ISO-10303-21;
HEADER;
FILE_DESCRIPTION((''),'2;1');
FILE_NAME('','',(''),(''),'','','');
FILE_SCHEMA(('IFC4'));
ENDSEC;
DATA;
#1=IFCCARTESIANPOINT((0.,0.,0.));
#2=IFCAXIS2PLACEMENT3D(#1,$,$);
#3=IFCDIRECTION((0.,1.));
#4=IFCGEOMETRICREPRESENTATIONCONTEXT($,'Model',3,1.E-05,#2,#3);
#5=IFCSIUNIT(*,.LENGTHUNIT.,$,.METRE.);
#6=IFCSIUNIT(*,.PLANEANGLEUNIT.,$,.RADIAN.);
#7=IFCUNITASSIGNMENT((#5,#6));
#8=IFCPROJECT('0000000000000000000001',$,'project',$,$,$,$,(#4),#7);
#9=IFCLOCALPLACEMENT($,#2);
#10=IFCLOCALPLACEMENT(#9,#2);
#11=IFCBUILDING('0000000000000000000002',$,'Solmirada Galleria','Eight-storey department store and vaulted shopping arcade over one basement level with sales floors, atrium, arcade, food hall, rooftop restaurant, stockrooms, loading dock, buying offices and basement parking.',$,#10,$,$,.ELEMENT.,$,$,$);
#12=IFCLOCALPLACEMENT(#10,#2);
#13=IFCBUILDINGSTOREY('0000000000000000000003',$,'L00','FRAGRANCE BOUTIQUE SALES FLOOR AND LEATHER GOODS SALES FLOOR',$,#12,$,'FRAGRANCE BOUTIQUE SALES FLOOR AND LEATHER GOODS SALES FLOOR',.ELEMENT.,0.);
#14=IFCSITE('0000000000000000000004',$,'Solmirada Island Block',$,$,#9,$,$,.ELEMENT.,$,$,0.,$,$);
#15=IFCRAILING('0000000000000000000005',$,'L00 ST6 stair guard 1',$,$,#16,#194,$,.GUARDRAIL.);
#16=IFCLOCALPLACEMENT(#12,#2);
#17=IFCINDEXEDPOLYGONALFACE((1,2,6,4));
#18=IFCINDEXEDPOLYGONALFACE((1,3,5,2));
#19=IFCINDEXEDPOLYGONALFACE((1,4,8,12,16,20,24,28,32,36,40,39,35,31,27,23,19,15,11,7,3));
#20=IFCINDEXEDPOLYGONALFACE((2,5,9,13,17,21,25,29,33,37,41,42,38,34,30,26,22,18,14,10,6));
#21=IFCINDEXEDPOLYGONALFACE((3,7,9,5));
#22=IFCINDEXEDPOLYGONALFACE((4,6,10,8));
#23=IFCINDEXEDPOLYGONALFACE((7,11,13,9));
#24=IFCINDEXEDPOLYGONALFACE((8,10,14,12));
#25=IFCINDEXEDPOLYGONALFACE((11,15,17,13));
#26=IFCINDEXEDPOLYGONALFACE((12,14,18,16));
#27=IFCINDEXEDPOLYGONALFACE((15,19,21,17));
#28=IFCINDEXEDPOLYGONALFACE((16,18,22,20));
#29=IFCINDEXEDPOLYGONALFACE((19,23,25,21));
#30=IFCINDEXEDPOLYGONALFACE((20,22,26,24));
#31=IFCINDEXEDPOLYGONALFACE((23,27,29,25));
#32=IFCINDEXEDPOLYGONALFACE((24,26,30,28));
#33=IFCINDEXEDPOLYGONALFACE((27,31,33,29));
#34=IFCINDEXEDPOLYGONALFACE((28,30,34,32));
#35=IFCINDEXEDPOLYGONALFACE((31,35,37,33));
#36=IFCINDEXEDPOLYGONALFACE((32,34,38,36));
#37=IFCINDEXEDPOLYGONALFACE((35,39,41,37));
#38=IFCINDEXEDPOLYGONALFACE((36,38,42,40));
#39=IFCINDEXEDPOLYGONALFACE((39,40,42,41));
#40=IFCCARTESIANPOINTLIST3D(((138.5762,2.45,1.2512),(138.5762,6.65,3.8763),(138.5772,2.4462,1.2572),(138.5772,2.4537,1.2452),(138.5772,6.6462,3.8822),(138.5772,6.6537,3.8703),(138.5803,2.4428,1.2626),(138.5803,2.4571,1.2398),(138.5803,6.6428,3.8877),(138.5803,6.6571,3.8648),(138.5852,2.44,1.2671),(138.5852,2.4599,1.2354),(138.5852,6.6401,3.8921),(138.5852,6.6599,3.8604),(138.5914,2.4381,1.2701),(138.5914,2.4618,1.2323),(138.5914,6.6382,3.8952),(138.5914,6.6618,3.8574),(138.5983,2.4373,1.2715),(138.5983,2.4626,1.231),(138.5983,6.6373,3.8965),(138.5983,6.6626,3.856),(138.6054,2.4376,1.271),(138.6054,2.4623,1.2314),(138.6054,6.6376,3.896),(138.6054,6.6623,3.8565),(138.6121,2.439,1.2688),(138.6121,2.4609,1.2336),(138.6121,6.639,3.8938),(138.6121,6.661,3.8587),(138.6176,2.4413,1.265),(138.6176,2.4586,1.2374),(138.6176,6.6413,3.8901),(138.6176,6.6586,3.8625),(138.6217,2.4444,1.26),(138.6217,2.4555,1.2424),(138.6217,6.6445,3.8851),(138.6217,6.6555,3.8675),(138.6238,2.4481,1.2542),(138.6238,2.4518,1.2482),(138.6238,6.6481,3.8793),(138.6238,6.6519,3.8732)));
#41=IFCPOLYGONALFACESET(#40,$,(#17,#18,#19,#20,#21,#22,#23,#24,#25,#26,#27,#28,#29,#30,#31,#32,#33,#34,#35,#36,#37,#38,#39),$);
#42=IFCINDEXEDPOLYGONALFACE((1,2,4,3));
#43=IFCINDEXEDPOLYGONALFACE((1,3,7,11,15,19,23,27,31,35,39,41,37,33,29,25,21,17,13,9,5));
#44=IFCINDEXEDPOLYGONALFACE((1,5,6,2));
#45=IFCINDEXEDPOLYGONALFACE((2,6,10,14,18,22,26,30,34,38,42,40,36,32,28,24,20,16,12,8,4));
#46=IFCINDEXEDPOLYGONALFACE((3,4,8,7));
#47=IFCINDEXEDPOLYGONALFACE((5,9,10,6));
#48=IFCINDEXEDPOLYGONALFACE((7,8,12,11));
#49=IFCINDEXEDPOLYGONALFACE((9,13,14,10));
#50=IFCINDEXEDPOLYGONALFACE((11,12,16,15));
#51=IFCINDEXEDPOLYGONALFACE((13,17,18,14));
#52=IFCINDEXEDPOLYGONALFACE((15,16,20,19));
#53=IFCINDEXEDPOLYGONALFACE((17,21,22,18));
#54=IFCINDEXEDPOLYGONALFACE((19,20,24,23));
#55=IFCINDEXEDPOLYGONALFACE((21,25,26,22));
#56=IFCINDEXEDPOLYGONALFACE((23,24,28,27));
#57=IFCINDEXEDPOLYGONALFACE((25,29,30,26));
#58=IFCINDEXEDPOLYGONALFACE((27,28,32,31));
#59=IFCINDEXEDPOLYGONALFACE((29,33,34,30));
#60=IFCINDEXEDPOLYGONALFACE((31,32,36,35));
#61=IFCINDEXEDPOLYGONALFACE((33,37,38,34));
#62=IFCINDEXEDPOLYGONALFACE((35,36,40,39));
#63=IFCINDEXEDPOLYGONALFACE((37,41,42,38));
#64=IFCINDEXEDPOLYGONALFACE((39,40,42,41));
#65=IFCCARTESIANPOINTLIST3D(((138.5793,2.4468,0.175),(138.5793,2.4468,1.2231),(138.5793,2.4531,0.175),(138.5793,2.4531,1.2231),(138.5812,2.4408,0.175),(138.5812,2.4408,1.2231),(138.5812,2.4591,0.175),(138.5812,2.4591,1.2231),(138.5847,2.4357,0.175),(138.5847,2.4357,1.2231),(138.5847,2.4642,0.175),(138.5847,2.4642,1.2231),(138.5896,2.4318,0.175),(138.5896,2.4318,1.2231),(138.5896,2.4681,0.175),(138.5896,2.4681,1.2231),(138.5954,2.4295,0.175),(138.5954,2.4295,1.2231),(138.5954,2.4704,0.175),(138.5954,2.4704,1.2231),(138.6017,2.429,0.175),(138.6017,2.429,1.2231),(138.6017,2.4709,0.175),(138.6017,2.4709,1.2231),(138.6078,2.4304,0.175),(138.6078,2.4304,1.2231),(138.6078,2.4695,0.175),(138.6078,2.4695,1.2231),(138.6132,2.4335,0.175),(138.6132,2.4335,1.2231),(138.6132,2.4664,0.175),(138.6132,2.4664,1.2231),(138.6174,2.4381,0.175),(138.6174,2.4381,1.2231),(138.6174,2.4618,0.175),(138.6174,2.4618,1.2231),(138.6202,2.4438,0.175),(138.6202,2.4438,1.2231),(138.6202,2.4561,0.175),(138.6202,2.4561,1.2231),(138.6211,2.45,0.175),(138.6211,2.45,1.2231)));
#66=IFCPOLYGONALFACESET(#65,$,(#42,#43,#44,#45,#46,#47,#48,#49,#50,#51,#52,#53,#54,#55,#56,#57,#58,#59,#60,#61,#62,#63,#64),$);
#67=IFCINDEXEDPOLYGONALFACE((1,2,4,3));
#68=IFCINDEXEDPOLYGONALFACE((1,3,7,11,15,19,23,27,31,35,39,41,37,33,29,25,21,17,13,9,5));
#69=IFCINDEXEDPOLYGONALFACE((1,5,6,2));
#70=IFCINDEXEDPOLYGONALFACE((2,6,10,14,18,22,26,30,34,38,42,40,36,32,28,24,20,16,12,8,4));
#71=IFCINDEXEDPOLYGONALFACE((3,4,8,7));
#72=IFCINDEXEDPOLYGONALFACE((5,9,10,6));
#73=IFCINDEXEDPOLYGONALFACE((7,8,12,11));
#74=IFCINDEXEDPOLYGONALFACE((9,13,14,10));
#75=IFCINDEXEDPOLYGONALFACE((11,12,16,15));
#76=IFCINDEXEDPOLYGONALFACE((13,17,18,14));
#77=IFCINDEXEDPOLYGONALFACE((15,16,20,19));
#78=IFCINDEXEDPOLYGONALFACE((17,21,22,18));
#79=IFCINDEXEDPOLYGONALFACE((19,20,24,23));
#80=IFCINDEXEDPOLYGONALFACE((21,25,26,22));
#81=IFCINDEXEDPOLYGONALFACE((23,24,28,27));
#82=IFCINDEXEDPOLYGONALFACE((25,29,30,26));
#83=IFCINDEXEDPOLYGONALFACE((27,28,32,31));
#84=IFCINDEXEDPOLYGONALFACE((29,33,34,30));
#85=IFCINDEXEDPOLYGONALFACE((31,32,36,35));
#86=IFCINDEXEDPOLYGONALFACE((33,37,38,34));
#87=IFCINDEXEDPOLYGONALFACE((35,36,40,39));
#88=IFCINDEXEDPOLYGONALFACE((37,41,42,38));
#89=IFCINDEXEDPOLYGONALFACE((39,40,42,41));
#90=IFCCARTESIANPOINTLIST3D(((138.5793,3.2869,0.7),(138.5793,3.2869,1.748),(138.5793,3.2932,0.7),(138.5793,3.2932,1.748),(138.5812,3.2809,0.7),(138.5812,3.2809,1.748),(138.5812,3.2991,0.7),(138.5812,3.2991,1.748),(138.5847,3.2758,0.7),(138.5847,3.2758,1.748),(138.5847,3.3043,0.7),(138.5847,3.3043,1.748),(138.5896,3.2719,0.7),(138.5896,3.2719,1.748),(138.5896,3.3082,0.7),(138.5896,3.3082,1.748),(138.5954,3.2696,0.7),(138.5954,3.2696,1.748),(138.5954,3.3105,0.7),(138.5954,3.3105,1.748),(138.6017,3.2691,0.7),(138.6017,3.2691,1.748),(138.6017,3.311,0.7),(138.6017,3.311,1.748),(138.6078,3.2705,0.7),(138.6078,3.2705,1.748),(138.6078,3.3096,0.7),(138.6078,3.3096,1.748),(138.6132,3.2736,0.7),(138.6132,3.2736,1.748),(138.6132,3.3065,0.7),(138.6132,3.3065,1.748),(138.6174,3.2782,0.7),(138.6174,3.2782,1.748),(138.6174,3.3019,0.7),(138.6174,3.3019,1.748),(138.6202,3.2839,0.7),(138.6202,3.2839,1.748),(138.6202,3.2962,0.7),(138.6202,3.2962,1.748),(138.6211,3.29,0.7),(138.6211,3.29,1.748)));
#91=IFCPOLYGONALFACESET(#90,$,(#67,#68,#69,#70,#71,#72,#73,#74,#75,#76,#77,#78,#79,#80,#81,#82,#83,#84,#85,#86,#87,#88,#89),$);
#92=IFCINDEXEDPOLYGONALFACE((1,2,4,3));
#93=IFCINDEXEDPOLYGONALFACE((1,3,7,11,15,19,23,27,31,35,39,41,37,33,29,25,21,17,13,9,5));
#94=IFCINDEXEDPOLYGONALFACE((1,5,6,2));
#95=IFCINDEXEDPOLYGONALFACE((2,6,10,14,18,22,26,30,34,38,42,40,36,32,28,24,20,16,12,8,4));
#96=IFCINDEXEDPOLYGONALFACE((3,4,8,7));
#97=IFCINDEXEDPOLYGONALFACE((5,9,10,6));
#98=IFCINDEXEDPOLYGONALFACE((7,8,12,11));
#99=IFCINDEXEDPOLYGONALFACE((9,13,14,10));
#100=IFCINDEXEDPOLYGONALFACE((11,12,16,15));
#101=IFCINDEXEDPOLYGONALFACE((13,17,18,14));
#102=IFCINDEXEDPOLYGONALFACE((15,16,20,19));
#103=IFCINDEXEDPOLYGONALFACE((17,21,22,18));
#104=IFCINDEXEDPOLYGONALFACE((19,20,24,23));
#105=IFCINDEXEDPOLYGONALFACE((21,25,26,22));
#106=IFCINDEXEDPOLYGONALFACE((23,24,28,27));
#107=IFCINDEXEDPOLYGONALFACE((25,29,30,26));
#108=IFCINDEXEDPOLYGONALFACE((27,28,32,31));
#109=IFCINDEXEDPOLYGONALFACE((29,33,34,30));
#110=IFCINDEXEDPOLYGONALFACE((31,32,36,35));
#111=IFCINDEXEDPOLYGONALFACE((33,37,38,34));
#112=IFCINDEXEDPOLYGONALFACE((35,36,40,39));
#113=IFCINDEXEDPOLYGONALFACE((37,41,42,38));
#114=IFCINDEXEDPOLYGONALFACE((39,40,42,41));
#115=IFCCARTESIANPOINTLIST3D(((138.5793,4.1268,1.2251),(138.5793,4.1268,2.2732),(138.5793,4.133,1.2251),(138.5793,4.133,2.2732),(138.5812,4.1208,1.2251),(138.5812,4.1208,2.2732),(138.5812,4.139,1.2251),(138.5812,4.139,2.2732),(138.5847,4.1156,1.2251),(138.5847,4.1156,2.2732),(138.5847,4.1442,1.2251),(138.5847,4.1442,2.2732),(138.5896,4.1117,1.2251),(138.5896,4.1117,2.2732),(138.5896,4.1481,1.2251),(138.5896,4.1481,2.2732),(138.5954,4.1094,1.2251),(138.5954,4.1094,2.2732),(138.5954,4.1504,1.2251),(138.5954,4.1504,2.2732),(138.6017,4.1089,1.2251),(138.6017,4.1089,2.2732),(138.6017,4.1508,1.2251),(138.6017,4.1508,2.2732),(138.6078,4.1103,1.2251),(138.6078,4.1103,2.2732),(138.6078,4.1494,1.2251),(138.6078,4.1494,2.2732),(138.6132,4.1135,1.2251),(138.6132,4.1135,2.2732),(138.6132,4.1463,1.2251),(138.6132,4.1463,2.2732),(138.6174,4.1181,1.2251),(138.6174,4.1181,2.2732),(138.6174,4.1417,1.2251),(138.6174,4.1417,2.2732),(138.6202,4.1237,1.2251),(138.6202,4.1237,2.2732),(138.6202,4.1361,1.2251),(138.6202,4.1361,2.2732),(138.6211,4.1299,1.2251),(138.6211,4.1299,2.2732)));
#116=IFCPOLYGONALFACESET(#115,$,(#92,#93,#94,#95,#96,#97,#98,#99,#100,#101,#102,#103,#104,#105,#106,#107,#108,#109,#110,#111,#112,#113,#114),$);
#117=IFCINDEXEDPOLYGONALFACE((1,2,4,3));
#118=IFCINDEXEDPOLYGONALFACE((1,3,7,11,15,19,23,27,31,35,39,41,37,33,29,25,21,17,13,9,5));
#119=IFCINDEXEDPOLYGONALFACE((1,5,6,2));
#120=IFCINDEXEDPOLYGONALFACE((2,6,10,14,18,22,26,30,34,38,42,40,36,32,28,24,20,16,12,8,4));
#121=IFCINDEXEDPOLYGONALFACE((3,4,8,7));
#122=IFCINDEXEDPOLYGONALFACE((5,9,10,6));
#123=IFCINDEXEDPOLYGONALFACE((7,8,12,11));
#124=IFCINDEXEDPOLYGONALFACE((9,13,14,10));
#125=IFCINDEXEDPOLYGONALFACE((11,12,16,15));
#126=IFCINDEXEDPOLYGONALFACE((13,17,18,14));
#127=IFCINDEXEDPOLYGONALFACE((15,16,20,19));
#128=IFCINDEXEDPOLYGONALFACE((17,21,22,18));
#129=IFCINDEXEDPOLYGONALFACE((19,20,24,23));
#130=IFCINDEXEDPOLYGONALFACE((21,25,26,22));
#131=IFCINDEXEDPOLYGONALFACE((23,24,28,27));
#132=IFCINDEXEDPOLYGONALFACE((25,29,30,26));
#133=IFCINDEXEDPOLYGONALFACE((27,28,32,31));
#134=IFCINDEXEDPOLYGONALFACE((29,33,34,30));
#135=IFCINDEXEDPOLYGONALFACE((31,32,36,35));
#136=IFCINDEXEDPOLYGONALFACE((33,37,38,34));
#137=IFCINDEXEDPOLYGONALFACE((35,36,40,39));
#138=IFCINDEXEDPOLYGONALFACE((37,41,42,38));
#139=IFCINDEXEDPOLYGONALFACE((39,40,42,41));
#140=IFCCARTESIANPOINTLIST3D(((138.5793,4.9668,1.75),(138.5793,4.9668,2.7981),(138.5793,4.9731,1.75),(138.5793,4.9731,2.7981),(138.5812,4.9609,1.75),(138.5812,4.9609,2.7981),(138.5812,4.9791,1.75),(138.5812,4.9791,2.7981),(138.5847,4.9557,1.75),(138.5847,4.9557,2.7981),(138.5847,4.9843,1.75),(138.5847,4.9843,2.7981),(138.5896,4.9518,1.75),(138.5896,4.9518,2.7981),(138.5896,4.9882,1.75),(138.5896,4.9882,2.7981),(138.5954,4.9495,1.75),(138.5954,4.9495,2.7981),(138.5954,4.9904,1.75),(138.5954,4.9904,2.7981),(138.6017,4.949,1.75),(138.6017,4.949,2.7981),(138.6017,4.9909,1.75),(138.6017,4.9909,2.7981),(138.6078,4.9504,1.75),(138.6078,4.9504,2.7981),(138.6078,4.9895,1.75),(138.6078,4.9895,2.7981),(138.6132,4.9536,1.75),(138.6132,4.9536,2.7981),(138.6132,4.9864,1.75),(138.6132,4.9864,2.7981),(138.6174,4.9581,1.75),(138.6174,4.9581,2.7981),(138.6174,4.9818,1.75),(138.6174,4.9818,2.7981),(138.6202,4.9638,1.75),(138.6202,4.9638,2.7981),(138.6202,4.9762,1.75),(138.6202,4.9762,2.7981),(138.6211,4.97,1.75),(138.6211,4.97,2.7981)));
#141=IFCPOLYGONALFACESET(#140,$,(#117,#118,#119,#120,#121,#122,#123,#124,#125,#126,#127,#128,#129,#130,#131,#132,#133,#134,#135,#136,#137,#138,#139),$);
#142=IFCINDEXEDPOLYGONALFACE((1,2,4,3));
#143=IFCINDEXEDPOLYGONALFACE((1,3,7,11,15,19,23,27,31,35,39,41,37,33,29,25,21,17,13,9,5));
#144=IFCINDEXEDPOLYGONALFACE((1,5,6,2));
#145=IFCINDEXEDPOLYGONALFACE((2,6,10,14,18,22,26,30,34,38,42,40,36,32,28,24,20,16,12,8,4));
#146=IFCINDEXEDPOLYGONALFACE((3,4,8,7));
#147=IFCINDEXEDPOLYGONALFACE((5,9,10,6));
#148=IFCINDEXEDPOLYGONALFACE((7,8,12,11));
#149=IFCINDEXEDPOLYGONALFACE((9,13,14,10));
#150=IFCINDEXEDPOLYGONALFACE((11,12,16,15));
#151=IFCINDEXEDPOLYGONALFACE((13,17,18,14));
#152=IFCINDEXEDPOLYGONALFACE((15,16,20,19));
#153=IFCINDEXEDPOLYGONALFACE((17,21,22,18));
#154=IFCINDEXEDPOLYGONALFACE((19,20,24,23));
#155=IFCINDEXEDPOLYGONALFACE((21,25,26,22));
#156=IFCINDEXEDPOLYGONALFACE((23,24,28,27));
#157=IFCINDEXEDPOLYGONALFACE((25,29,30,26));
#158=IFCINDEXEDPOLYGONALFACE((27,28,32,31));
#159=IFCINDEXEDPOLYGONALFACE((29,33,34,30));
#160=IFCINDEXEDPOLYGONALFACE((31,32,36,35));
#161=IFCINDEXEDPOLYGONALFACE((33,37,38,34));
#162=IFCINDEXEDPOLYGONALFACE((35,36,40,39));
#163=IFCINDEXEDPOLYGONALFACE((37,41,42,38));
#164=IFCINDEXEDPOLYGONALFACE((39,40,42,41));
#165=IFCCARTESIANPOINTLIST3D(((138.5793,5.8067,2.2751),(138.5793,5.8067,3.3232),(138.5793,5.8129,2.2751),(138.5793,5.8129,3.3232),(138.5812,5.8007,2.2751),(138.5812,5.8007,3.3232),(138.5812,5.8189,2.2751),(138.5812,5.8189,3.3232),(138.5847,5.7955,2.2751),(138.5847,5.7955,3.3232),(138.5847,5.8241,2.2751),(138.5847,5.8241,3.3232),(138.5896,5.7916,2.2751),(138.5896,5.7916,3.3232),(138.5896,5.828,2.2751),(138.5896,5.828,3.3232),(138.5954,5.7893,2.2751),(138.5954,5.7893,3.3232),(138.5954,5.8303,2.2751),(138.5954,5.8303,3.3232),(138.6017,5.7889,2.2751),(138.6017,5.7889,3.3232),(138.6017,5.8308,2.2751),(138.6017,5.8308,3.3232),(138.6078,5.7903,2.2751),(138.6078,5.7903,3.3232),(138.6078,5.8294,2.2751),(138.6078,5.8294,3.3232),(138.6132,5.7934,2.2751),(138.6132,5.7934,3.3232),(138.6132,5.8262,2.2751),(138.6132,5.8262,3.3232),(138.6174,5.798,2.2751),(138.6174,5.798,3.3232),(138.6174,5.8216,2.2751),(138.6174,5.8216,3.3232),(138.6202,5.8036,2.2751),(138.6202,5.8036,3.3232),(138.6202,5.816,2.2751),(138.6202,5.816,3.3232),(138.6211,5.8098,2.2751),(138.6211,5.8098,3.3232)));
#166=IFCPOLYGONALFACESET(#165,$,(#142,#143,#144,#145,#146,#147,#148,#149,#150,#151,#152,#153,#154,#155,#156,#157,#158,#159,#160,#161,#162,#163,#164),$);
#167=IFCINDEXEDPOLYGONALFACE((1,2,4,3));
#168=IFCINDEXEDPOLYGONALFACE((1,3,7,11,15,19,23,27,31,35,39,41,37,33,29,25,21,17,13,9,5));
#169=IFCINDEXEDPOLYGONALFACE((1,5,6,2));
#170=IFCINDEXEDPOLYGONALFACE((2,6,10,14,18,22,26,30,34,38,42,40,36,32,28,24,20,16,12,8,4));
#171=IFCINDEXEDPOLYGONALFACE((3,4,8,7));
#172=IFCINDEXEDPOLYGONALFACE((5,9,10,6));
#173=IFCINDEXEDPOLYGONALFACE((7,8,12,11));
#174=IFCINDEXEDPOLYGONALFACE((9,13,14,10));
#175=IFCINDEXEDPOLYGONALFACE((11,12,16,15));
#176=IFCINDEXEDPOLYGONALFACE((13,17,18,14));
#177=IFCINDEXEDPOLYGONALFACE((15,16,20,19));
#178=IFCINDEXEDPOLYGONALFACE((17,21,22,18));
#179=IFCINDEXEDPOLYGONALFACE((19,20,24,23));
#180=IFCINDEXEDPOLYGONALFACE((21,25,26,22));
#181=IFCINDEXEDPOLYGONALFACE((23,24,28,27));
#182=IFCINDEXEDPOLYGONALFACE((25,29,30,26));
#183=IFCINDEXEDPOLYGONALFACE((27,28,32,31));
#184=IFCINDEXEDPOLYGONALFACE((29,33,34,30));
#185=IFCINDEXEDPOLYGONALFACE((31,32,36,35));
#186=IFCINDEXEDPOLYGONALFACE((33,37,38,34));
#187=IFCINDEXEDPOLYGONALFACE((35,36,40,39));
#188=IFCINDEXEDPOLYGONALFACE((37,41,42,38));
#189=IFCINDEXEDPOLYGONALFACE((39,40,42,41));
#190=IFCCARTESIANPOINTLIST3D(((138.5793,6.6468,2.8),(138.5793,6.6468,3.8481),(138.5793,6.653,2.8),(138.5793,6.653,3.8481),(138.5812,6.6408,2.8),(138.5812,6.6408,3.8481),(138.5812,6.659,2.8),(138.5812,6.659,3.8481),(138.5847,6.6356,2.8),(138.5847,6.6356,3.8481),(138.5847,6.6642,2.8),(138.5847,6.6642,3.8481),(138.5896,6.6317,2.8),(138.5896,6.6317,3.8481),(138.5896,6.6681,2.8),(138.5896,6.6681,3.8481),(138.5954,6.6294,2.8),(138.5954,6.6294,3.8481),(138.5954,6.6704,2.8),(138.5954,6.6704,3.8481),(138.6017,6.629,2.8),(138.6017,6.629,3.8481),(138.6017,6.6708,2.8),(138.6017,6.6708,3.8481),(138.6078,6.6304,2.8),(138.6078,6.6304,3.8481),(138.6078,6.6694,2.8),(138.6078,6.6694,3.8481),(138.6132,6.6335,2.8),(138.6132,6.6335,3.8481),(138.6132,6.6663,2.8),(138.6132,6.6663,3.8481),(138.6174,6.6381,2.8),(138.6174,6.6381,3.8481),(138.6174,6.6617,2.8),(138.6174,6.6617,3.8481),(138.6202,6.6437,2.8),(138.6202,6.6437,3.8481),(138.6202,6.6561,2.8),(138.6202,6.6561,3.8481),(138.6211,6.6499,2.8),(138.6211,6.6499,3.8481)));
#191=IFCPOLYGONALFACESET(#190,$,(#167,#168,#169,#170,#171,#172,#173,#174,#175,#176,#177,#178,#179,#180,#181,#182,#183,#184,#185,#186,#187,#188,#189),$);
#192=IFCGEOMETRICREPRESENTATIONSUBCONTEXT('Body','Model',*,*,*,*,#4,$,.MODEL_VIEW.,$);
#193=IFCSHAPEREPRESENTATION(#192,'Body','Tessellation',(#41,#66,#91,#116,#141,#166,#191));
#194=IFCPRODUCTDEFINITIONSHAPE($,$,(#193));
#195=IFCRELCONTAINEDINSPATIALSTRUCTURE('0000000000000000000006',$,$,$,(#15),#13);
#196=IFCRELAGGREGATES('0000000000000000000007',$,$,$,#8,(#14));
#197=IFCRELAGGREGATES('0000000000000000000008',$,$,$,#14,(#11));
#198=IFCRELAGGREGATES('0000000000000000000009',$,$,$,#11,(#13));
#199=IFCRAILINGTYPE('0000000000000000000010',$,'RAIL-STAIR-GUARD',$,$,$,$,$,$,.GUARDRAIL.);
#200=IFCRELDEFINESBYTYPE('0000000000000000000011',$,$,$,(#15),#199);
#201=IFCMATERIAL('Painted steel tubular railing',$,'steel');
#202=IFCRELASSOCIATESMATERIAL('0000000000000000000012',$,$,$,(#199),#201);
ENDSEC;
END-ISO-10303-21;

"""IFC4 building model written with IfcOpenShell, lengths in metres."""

from ifc_helpers import new_model, si_unit, direction, frame, origin, origin_2d, place, context, subcontext, project, spatial, circle, extrude, material, type_object, element, save


model = new_model("IFC4")

# Units and contexts
model_context = context("Model", 3, precision=1e-05, world=origin(), true_north=direction((0.0, 1.0)))
body_context = subcontext(model_context, "Body", "Model", "MODEL_VIEW")
ifc_project = project(units=[si_unit("LENGTHUNIT", "METRE"), si_unit("PLANEANGLEUNIT", "RADIAN")], contexts=[model_context])

# Site, building, storey
site_placement = place(None, origin())
site = spatial("IfcSite", under=ifc_project, at=site_placement, Name="Solmirada Island Block", CompositionType="ELEMENT", RefElevation=0.0)
building_placement = place(site_placement, origin())
building = spatial("IfcBuilding", under=site, at=building_placement, Name="Solmirada Galleria", Description="Eight-storey department store and vaulted shopping arcade over one basement level with sales floors, atrium, arcade, food hall, rooftop restaurant, stockrooms, loading dock, buying offices and basement parking.", CompositionType="ELEMENT")
storey_placement = place(building_placement, origin())
storey = spatial("IfcBuildingStorey", under=building, at=storey_placement, Name="L00", Description="FRAGRANCE BOUTIQUE SALES FLOOR AND LEATHER GOODS SALES FLOOR", LongName="FRAGRANCE BOUTIQUE SALES FLOOR AND LEATHER GOODS SALES FLOOR", CompositionType="ELEMENT", Elevation=0.0)

# Railing
ifc_material_1 = material(Name="Painted steel tubular railing", Category="steel")
railing_type_1 = type_object("IfcRailingType", Name="RAIL-STAIR-GUARD", PredefinedType="GUARDRAIL", material=ifc_material_1)
railing_1_placement = place(storey_placement, frame((138.6001, 2.45, 0.175)))
element("IfcRailing", 1, at=railing_1_placement, inside=storey, type_object=railing_type_1, Name="L00 ST6 stair guard 1", PredefinedType="GUARDRAIL", context=body_context, shape_type="SweptSolid", body=[
    extrude(circle(Radius=0.0239, at=origin_2d()), frame((0.0, 0.0, 1.0762), z_axis=(0.0, 0.847996, 0.530003), x_axis=(-1.0, 0.0, 0.0)), (0.0, 0.0, 1.0), 4.9529),
    extrude(circle(Radius=0.021, at=origin_2d()), origin(), (0.0, 0.0, 1.0), 1.0481),
    extrude(circle(Radius=0.021, at=origin_2d()), frame((0.0, 0.8401, 0.5249)), (0.0, 0.0, 1.0), 1.0481),
    extrude(circle(Radius=0.021, at=origin_2d()), frame((0.0, 1.6799, 1.05)), (0.0, 0.0, 1.0), 1.0481),
    extrude(circle(Radius=0.021, at=origin_2d()), frame((0.0, 2.52, 1.575)), (0.0, 0.0, 1.0), 1.0481),
    extrude(circle(Radius=0.021, at=origin_2d()), frame((0.0, 3.3599, 2.1001)), (0.0, 0.0, 1.0), 1.0481),
    extrude(circle(Radius=0.021, at=origin_2d()), frame((0.0, 4.2, 2.625)), (0.0, 0.0, 1.0), 1.0481),
])

save(model, "model.ifc")
